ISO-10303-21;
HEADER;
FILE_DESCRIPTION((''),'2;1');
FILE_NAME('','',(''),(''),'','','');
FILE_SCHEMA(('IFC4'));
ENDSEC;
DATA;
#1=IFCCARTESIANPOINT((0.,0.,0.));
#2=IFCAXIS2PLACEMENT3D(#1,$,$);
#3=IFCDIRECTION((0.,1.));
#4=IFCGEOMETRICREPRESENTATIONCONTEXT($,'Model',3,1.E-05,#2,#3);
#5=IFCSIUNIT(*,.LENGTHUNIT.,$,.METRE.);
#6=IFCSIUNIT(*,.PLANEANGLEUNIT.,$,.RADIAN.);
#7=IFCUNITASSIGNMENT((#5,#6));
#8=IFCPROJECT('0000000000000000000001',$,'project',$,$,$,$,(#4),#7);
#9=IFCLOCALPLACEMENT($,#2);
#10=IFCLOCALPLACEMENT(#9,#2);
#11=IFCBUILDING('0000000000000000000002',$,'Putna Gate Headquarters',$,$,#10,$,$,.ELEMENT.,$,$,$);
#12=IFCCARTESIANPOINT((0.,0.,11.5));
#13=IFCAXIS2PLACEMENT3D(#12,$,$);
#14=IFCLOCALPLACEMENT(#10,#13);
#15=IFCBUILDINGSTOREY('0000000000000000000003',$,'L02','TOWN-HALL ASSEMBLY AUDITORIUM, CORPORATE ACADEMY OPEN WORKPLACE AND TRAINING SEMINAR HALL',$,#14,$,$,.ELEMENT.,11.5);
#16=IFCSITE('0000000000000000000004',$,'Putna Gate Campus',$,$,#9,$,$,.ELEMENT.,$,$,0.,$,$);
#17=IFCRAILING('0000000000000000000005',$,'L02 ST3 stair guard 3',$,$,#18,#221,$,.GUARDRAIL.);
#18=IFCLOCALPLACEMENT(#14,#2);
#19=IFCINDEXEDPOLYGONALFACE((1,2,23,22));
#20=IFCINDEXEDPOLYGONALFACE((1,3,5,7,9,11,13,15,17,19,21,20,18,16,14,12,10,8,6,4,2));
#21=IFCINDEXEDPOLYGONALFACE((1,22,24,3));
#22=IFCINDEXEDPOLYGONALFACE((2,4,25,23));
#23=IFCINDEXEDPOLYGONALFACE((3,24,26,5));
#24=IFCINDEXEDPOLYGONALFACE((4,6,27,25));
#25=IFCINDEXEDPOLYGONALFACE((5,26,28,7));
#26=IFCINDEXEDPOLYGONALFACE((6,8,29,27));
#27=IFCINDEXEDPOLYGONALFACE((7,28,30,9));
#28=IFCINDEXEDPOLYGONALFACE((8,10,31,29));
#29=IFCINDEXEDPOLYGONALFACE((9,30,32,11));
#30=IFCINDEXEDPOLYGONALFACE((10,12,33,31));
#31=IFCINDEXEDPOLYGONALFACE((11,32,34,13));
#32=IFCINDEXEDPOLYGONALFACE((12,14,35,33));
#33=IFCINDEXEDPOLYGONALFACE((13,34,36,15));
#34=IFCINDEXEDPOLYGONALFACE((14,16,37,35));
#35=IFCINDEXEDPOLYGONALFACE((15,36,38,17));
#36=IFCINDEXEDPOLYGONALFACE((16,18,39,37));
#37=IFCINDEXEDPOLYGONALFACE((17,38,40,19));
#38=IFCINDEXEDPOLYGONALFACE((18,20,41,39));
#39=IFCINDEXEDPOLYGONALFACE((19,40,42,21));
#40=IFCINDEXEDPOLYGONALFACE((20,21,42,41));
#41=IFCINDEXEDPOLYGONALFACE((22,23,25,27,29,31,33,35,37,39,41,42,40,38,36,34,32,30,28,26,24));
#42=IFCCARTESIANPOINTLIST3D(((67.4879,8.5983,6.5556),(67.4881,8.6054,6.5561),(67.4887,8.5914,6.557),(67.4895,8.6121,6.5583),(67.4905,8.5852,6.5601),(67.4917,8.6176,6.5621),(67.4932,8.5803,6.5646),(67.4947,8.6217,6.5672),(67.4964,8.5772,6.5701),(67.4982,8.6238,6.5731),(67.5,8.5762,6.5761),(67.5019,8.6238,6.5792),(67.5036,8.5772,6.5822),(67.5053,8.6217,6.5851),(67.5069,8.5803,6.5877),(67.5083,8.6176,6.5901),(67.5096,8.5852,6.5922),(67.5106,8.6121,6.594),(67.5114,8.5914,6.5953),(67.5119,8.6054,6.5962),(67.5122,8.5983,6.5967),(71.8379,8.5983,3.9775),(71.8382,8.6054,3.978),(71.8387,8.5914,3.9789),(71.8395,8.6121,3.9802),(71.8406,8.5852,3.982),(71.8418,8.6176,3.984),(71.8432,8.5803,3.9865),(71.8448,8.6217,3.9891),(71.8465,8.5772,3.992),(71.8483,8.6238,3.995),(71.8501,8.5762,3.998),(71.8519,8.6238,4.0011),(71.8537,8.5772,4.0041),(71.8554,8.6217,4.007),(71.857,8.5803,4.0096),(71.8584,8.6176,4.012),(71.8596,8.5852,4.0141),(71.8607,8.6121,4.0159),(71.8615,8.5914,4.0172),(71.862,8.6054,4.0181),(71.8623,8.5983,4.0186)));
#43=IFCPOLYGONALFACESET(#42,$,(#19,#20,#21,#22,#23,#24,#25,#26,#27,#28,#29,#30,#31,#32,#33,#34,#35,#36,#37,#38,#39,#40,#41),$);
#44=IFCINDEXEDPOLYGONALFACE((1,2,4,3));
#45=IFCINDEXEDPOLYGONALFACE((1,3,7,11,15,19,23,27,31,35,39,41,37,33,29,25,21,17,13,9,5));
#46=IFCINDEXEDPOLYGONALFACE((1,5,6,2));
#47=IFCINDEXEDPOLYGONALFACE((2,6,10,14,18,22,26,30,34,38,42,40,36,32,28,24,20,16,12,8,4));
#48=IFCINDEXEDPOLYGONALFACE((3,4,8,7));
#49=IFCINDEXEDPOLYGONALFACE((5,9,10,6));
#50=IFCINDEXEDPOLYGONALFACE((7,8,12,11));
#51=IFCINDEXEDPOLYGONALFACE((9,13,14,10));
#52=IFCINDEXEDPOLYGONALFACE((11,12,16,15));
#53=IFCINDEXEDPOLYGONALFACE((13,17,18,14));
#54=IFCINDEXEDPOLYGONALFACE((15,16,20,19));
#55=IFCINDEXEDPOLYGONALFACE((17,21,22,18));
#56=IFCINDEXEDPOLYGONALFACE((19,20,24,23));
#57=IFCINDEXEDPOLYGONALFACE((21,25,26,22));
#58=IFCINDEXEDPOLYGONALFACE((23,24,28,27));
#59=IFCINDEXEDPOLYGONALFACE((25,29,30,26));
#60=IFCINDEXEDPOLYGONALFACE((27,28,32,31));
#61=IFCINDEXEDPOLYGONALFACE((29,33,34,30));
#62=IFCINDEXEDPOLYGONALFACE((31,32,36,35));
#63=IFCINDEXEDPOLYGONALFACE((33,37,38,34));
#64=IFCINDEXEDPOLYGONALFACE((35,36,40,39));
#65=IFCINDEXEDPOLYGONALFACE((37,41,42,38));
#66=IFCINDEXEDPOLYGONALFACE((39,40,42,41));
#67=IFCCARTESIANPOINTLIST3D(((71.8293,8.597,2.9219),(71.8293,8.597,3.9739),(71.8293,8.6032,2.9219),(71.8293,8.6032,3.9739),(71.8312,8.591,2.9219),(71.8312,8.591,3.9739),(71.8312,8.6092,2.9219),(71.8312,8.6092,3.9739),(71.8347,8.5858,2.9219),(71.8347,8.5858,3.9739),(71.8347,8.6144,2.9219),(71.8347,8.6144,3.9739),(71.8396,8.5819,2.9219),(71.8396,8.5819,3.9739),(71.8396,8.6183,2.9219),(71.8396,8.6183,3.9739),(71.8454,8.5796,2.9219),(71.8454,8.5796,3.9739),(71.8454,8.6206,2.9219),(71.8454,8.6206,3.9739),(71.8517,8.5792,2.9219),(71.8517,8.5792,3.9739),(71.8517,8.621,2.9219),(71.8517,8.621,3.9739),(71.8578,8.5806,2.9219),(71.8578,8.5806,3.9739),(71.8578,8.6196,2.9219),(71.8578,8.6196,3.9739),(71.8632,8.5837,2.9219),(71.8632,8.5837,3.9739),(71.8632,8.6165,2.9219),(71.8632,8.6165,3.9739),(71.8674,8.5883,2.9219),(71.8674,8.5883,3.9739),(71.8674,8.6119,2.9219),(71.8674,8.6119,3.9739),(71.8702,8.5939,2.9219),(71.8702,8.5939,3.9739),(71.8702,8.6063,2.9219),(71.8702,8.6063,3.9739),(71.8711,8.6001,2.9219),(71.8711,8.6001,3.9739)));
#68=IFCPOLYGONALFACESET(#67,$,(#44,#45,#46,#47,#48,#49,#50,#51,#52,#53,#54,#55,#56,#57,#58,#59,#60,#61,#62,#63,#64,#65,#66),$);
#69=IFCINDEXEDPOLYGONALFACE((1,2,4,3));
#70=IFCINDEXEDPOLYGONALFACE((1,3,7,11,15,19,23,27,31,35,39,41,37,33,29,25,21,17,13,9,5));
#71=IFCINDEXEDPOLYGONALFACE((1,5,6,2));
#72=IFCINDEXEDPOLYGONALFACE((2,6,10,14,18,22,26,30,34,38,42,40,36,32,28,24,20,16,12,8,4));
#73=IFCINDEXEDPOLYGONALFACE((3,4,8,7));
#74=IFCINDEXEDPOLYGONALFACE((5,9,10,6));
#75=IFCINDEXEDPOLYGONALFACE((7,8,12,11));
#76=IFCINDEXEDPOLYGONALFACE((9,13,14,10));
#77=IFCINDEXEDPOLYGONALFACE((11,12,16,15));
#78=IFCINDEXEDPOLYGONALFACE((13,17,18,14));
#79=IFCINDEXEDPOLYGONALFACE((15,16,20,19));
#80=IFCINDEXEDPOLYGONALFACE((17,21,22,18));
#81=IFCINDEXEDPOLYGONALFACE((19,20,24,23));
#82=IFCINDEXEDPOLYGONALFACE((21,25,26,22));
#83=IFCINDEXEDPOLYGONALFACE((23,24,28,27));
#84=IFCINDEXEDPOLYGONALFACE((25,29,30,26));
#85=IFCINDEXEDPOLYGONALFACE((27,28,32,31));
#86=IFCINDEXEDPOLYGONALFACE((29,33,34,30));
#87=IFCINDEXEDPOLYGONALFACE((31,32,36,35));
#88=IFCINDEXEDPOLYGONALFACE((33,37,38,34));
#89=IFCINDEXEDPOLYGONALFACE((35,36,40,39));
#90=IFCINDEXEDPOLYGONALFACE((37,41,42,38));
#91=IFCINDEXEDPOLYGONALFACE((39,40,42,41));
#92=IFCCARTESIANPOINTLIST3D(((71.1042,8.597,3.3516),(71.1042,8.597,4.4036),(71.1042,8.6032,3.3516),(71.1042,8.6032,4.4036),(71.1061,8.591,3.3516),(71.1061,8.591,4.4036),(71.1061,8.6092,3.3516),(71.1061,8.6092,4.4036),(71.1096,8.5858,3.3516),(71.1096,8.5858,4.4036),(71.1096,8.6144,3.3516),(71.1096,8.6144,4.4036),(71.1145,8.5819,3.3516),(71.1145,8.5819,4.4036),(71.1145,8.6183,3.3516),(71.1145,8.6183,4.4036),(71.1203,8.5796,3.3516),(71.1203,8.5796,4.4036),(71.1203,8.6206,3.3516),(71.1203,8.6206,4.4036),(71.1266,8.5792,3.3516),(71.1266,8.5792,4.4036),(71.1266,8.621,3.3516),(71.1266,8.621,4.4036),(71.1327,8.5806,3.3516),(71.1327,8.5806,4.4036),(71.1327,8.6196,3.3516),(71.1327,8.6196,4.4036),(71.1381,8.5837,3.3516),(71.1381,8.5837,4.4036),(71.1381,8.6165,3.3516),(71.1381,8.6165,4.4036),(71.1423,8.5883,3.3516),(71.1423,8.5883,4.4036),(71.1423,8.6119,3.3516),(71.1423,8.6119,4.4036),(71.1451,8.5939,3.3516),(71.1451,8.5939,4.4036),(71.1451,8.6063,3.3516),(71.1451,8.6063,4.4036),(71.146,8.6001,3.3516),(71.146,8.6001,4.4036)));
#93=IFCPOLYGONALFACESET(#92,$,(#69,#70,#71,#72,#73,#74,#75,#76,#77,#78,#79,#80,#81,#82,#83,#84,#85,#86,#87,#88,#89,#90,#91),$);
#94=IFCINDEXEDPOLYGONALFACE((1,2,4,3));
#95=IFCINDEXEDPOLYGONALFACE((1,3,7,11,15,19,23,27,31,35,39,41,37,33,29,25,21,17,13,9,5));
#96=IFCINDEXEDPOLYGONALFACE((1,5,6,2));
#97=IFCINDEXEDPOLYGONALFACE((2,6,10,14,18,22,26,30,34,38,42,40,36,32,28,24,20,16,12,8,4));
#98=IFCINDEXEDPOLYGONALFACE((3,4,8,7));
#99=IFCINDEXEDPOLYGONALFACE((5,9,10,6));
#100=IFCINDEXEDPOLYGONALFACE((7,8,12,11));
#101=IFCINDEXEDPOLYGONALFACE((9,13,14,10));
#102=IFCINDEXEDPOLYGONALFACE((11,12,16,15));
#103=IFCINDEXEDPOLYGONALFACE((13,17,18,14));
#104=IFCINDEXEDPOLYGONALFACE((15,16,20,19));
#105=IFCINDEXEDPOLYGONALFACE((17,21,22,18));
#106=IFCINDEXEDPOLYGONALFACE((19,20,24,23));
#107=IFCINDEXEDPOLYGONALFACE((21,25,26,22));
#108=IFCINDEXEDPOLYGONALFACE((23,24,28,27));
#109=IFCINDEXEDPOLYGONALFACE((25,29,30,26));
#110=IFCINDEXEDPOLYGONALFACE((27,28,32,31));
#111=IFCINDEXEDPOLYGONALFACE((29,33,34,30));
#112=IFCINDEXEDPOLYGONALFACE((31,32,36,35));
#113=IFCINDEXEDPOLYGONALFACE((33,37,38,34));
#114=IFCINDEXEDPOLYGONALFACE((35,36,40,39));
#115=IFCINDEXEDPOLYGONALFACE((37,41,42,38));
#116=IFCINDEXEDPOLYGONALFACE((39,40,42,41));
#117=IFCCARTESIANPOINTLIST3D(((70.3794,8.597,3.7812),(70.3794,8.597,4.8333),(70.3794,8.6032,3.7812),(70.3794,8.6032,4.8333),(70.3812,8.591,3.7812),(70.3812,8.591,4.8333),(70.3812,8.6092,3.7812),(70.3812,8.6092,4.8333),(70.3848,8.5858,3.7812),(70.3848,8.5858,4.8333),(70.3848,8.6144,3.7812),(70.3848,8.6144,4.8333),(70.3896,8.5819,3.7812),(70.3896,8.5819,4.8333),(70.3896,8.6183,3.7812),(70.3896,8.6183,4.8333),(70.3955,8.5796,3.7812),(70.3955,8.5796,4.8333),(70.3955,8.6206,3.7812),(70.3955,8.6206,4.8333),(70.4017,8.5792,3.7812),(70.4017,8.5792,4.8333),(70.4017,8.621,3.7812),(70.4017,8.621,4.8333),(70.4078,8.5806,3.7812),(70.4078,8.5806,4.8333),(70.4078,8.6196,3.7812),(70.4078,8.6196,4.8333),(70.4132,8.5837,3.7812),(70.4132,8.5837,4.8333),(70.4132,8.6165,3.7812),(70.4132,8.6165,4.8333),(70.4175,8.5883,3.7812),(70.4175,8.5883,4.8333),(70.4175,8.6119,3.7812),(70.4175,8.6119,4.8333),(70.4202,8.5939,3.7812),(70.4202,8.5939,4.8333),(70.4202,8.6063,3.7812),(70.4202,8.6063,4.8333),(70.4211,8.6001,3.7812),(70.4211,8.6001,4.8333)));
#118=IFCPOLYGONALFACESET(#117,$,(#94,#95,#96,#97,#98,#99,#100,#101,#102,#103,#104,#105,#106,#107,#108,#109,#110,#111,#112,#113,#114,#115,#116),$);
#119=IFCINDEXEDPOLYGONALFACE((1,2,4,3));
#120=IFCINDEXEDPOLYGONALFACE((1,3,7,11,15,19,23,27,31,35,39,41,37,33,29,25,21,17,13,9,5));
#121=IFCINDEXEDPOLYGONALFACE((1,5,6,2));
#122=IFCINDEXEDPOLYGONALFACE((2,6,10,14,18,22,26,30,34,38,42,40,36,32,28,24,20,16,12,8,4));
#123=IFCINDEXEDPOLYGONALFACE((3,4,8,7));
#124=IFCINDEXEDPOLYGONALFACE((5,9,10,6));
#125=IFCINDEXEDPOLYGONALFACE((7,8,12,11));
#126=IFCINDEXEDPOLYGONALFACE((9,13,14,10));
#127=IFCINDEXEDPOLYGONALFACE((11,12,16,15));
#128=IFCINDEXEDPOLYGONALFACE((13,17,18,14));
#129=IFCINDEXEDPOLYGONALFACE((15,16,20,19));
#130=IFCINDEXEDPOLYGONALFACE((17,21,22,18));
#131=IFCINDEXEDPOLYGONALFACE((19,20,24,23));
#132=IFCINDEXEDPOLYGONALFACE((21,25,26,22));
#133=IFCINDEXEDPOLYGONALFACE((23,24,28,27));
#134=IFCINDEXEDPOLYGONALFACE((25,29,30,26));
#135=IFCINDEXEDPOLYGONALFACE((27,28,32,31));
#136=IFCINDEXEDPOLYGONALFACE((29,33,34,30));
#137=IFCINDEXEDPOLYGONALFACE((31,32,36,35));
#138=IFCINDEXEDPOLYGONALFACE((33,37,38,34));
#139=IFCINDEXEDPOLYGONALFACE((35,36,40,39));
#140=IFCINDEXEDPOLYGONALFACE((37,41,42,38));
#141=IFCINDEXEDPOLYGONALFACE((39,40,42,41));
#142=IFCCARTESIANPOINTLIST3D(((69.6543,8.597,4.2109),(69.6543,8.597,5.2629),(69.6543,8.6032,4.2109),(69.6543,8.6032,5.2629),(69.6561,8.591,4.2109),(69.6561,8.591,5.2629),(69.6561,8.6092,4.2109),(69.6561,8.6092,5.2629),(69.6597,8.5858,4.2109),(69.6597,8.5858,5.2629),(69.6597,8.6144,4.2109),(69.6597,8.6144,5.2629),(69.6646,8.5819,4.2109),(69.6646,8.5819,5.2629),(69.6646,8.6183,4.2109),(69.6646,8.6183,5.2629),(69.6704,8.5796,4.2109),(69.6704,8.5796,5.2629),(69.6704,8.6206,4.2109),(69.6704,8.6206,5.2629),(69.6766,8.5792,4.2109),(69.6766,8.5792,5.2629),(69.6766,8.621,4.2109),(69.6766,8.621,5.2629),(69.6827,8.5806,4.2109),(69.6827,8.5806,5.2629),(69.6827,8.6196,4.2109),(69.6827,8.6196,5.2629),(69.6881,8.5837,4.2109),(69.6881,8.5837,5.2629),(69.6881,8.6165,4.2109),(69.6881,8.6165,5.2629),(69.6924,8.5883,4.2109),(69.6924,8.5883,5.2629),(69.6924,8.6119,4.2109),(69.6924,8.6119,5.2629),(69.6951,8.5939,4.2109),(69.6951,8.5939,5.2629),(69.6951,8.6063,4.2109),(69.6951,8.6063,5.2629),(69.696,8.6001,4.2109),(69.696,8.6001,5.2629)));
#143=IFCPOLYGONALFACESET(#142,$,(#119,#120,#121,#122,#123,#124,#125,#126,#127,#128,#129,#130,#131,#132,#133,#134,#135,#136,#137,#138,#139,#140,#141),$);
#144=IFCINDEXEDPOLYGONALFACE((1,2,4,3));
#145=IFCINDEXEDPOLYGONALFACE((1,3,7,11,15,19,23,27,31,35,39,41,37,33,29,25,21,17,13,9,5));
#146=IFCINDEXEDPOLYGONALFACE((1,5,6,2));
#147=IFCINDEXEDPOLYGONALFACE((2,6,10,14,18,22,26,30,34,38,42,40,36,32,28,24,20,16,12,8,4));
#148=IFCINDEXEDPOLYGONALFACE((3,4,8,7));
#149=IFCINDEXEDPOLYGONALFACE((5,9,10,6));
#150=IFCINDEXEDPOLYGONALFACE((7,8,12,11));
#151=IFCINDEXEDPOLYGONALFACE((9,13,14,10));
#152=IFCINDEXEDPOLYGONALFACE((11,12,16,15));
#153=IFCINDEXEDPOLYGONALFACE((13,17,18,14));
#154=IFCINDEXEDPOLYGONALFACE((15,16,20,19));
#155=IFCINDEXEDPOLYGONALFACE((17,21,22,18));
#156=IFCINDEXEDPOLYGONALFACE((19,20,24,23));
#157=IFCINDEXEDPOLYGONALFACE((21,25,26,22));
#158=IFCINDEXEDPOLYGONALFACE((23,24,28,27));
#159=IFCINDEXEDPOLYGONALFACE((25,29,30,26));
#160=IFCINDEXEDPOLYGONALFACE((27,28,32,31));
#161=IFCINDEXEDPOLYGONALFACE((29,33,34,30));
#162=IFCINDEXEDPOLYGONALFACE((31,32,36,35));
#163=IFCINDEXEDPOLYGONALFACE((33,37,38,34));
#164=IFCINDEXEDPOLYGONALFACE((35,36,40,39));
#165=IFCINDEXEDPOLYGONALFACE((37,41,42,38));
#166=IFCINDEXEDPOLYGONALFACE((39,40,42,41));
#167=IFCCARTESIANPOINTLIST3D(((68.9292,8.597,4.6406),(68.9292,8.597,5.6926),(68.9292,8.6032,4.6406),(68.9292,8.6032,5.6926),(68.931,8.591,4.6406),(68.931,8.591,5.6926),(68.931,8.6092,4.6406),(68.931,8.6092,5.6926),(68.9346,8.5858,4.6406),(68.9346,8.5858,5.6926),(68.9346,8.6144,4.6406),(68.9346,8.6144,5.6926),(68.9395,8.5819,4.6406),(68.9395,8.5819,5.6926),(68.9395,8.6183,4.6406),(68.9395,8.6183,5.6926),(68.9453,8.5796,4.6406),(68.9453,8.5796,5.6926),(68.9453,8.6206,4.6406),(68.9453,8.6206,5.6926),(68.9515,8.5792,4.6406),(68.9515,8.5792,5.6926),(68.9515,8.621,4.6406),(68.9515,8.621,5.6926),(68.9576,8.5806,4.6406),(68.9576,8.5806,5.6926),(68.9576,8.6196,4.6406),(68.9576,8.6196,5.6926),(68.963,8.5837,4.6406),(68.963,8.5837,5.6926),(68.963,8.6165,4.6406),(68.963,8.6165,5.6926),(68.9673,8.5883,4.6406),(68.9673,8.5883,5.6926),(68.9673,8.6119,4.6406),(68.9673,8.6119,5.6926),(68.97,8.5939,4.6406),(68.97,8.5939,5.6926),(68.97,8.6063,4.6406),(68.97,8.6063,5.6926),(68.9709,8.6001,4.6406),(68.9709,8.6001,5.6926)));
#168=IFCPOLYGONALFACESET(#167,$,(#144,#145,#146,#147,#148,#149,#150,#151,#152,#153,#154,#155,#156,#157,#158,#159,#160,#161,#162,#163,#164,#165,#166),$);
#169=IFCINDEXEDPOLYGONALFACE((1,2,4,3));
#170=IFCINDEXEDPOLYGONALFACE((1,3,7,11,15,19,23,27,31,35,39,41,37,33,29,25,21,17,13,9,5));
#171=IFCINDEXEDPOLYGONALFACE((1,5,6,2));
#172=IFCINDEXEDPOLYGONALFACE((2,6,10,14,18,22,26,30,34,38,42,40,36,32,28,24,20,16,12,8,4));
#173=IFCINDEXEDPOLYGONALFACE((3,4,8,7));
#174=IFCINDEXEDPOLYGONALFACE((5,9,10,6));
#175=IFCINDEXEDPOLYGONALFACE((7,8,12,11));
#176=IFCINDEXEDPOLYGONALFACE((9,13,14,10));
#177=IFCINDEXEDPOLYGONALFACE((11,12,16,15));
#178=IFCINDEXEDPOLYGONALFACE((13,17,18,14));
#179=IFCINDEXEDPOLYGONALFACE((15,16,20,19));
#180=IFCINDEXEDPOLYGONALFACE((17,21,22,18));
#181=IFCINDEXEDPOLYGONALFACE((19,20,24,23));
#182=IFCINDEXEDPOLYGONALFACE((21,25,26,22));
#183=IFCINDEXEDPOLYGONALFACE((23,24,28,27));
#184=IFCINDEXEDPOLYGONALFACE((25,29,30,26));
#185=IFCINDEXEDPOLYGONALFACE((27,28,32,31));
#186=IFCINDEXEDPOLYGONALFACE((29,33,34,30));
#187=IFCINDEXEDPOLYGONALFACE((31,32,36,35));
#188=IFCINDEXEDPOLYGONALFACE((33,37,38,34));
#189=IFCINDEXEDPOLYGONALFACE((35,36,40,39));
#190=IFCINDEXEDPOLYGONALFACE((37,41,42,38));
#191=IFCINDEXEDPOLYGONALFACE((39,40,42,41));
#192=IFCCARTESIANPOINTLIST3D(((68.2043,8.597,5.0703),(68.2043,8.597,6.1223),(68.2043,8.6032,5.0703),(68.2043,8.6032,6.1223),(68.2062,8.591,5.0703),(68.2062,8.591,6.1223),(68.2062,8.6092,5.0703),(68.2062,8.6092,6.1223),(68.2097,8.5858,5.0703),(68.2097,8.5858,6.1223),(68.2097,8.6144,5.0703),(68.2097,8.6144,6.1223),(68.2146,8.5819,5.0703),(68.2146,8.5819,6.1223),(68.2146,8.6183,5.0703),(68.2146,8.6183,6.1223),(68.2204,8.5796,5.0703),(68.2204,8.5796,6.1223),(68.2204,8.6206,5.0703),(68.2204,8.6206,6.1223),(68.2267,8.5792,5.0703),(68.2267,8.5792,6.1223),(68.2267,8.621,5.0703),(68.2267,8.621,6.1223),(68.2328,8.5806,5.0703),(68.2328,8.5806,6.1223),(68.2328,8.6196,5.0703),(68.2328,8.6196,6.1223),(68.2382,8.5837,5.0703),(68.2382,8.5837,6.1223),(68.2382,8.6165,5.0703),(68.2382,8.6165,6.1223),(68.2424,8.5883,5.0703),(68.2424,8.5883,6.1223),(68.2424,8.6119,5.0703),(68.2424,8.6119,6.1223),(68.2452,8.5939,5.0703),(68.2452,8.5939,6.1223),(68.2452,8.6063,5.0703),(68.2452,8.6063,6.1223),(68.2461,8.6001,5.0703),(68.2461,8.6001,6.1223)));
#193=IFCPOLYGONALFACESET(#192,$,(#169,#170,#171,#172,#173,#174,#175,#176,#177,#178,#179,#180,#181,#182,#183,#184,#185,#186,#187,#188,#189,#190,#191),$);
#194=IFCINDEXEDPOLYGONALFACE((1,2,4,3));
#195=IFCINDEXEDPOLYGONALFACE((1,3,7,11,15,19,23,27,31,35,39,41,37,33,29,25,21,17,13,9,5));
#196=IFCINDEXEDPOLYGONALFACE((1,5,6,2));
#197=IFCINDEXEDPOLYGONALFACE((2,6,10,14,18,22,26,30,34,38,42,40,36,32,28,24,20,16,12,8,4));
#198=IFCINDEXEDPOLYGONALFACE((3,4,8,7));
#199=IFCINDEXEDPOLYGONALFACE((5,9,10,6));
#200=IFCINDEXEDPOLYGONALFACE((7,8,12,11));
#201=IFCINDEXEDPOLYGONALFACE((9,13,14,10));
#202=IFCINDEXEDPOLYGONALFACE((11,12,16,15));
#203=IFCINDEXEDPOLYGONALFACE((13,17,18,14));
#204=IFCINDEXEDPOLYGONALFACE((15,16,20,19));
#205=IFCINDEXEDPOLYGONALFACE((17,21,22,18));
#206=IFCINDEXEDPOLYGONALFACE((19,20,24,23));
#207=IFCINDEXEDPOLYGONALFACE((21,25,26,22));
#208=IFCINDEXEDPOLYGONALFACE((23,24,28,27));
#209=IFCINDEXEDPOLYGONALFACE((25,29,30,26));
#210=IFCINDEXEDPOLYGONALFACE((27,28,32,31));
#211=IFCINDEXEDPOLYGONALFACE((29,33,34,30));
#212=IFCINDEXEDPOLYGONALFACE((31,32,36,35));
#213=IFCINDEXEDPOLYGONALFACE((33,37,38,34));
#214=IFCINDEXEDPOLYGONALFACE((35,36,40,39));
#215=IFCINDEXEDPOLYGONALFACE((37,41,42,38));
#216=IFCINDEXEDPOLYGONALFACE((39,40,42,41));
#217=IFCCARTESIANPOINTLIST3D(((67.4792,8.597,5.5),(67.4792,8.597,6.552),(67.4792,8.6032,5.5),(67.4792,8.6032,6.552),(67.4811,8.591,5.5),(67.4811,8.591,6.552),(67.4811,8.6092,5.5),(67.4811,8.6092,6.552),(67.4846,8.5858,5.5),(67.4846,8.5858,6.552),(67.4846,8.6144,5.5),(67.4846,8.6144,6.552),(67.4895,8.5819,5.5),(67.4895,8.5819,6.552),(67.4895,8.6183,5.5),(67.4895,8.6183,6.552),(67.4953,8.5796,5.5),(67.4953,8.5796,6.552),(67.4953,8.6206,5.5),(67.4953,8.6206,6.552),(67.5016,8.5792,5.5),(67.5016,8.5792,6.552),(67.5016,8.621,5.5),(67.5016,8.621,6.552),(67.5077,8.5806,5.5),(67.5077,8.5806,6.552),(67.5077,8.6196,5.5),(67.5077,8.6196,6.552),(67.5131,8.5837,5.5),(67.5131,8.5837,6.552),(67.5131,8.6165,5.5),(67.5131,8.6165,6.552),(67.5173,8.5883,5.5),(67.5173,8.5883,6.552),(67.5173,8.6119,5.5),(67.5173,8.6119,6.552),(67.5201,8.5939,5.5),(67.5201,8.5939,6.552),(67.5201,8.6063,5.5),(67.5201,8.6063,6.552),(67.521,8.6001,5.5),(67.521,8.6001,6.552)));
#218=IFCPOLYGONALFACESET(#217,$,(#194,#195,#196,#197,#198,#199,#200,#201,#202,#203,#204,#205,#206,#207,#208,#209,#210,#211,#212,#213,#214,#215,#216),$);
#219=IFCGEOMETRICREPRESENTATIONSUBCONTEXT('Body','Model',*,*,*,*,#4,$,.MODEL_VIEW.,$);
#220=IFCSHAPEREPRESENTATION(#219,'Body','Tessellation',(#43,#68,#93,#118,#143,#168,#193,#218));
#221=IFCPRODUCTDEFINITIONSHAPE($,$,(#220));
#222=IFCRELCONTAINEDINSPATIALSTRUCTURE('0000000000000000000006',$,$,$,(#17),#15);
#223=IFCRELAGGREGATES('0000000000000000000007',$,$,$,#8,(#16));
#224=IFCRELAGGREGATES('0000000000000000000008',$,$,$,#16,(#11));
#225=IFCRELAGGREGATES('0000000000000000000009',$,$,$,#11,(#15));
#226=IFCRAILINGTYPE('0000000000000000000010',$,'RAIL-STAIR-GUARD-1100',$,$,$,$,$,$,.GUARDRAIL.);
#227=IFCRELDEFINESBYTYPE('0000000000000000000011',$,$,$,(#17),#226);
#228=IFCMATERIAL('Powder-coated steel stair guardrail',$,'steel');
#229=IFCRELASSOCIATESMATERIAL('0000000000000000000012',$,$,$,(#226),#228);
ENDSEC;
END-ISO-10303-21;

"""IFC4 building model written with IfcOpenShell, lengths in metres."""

from ifc_helpers import new_model, si_unit, direction, frame, origin, origin_2d, place, context, subcontext, project, spatial, circle, extrude, material, type_object, element, save


model = new_model("IFC4")

# Units and contexts
model_context = context("Model", 3, precision=1e-05, world=origin(), true_north=direction((0.0, 1.0)))
body_context = subcontext(model_context, "Body", "Model", "MODEL_VIEW")
ifc_project = project(units=[si_unit("LENGTHUNIT", "METRE"), si_unit("PLANEANGLEUNIT", "RADIAN")], contexts=[model_context])

# Site, building, storey
site_placement = place(None, origin())
site = spatial("IfcSite", under=ifc_project, at=site_placement, Name="Putna Gate Campus", CompositionType="ELEMENT", RefElevation=0.0)
building_placement = place(site_placement, origin())
building = spatial("IfcBuilding", under=site, at=building_placement, Name="Putna Gate Headquarters", CompositionType="ELEMENT")
storey_placement = place(building_placement, frame((0.0, 0.0, 11.5)))
storey = spatial("IfcBuildingStorey", under=building, at=storey_placement, Name="L02", Description="TOWN-HALL ASSEMBLY AUDITORIUM, CORPORATE ACADEMY OPEN WORKPLACE AND TRAINING SEMINAR HALL", CompositionType="ELEMENT", Elevation=11.5)

# Railing
ifc_material_1 = material(Name="Powder-coated steel stair guardrail", Category="steel")
railing_type_1 = type_object("IfcRailingType", Name="RAIL-STAIR-GUARD-1100", PredefinedType="GUARDRAIL", material=ifc_material_1)
railing_1_placement = place(storey_placement, frame((71.8501, 8.6001, 2.9219)))
element("IfcRailing", 1, at=railing_1_placement, inside=storey, type_object=railing_type_1, Name="L02 ST3 stair guard 3", PredefinedType="GUARDRAIL", context=body_context, shape_type="SweptSolid", body=[
    extrude(circle(Radius=0.0239, at=origin_2d()), frame((0.0, 0.0, 1.0762), z_axis=(-0.860266, 0.0, 0.509845), x_axis=(0.0, -1.0, 0.0)), (0.0, 0.0, 1.0), 5.0566),
    extrude(circle(Radius=0.021, at=origin_2d()), origin(), (0.0, 0.0, 1.0), 1.052),
    extrude(circle(Radius=0.021, at=origin_2d()), frame((-0.7251, 0.0, 0.4297)), (0.0, 0.0, 1.0), 1.052),
    extrude(circle(Radius=0.021, at=origin_2d()), frame((-1.45, 0.0, 0.8594)), (0.0, 0.0, 1.0), 1.052),
    extrude(circle(Radius=0.021, at=origin_2d()), frame((-2.175, 0.0, 1.2891)), (0.0, 0.0, 1.0), 1.052),
    extrude(circle(Radius=0.021, at=origin_2d()), frame((-2.9001, 0.0, 1.7188)), (0.0, 0.0, 1.0), 1.052),
    extrude(circle(Radius=0.021, at=origin_2d()), frame((-3.625, 0.0, 2.1484)), (0.0, 0.0, 1.0), 1.052),
    extrude(circle(Radius=0.021, at=origin_2d()), frame((-4.3501, 0.0, 2.5781)), (0.0, 0.0, 1.0), 1.052),
])

save(model, "model.ifc")
